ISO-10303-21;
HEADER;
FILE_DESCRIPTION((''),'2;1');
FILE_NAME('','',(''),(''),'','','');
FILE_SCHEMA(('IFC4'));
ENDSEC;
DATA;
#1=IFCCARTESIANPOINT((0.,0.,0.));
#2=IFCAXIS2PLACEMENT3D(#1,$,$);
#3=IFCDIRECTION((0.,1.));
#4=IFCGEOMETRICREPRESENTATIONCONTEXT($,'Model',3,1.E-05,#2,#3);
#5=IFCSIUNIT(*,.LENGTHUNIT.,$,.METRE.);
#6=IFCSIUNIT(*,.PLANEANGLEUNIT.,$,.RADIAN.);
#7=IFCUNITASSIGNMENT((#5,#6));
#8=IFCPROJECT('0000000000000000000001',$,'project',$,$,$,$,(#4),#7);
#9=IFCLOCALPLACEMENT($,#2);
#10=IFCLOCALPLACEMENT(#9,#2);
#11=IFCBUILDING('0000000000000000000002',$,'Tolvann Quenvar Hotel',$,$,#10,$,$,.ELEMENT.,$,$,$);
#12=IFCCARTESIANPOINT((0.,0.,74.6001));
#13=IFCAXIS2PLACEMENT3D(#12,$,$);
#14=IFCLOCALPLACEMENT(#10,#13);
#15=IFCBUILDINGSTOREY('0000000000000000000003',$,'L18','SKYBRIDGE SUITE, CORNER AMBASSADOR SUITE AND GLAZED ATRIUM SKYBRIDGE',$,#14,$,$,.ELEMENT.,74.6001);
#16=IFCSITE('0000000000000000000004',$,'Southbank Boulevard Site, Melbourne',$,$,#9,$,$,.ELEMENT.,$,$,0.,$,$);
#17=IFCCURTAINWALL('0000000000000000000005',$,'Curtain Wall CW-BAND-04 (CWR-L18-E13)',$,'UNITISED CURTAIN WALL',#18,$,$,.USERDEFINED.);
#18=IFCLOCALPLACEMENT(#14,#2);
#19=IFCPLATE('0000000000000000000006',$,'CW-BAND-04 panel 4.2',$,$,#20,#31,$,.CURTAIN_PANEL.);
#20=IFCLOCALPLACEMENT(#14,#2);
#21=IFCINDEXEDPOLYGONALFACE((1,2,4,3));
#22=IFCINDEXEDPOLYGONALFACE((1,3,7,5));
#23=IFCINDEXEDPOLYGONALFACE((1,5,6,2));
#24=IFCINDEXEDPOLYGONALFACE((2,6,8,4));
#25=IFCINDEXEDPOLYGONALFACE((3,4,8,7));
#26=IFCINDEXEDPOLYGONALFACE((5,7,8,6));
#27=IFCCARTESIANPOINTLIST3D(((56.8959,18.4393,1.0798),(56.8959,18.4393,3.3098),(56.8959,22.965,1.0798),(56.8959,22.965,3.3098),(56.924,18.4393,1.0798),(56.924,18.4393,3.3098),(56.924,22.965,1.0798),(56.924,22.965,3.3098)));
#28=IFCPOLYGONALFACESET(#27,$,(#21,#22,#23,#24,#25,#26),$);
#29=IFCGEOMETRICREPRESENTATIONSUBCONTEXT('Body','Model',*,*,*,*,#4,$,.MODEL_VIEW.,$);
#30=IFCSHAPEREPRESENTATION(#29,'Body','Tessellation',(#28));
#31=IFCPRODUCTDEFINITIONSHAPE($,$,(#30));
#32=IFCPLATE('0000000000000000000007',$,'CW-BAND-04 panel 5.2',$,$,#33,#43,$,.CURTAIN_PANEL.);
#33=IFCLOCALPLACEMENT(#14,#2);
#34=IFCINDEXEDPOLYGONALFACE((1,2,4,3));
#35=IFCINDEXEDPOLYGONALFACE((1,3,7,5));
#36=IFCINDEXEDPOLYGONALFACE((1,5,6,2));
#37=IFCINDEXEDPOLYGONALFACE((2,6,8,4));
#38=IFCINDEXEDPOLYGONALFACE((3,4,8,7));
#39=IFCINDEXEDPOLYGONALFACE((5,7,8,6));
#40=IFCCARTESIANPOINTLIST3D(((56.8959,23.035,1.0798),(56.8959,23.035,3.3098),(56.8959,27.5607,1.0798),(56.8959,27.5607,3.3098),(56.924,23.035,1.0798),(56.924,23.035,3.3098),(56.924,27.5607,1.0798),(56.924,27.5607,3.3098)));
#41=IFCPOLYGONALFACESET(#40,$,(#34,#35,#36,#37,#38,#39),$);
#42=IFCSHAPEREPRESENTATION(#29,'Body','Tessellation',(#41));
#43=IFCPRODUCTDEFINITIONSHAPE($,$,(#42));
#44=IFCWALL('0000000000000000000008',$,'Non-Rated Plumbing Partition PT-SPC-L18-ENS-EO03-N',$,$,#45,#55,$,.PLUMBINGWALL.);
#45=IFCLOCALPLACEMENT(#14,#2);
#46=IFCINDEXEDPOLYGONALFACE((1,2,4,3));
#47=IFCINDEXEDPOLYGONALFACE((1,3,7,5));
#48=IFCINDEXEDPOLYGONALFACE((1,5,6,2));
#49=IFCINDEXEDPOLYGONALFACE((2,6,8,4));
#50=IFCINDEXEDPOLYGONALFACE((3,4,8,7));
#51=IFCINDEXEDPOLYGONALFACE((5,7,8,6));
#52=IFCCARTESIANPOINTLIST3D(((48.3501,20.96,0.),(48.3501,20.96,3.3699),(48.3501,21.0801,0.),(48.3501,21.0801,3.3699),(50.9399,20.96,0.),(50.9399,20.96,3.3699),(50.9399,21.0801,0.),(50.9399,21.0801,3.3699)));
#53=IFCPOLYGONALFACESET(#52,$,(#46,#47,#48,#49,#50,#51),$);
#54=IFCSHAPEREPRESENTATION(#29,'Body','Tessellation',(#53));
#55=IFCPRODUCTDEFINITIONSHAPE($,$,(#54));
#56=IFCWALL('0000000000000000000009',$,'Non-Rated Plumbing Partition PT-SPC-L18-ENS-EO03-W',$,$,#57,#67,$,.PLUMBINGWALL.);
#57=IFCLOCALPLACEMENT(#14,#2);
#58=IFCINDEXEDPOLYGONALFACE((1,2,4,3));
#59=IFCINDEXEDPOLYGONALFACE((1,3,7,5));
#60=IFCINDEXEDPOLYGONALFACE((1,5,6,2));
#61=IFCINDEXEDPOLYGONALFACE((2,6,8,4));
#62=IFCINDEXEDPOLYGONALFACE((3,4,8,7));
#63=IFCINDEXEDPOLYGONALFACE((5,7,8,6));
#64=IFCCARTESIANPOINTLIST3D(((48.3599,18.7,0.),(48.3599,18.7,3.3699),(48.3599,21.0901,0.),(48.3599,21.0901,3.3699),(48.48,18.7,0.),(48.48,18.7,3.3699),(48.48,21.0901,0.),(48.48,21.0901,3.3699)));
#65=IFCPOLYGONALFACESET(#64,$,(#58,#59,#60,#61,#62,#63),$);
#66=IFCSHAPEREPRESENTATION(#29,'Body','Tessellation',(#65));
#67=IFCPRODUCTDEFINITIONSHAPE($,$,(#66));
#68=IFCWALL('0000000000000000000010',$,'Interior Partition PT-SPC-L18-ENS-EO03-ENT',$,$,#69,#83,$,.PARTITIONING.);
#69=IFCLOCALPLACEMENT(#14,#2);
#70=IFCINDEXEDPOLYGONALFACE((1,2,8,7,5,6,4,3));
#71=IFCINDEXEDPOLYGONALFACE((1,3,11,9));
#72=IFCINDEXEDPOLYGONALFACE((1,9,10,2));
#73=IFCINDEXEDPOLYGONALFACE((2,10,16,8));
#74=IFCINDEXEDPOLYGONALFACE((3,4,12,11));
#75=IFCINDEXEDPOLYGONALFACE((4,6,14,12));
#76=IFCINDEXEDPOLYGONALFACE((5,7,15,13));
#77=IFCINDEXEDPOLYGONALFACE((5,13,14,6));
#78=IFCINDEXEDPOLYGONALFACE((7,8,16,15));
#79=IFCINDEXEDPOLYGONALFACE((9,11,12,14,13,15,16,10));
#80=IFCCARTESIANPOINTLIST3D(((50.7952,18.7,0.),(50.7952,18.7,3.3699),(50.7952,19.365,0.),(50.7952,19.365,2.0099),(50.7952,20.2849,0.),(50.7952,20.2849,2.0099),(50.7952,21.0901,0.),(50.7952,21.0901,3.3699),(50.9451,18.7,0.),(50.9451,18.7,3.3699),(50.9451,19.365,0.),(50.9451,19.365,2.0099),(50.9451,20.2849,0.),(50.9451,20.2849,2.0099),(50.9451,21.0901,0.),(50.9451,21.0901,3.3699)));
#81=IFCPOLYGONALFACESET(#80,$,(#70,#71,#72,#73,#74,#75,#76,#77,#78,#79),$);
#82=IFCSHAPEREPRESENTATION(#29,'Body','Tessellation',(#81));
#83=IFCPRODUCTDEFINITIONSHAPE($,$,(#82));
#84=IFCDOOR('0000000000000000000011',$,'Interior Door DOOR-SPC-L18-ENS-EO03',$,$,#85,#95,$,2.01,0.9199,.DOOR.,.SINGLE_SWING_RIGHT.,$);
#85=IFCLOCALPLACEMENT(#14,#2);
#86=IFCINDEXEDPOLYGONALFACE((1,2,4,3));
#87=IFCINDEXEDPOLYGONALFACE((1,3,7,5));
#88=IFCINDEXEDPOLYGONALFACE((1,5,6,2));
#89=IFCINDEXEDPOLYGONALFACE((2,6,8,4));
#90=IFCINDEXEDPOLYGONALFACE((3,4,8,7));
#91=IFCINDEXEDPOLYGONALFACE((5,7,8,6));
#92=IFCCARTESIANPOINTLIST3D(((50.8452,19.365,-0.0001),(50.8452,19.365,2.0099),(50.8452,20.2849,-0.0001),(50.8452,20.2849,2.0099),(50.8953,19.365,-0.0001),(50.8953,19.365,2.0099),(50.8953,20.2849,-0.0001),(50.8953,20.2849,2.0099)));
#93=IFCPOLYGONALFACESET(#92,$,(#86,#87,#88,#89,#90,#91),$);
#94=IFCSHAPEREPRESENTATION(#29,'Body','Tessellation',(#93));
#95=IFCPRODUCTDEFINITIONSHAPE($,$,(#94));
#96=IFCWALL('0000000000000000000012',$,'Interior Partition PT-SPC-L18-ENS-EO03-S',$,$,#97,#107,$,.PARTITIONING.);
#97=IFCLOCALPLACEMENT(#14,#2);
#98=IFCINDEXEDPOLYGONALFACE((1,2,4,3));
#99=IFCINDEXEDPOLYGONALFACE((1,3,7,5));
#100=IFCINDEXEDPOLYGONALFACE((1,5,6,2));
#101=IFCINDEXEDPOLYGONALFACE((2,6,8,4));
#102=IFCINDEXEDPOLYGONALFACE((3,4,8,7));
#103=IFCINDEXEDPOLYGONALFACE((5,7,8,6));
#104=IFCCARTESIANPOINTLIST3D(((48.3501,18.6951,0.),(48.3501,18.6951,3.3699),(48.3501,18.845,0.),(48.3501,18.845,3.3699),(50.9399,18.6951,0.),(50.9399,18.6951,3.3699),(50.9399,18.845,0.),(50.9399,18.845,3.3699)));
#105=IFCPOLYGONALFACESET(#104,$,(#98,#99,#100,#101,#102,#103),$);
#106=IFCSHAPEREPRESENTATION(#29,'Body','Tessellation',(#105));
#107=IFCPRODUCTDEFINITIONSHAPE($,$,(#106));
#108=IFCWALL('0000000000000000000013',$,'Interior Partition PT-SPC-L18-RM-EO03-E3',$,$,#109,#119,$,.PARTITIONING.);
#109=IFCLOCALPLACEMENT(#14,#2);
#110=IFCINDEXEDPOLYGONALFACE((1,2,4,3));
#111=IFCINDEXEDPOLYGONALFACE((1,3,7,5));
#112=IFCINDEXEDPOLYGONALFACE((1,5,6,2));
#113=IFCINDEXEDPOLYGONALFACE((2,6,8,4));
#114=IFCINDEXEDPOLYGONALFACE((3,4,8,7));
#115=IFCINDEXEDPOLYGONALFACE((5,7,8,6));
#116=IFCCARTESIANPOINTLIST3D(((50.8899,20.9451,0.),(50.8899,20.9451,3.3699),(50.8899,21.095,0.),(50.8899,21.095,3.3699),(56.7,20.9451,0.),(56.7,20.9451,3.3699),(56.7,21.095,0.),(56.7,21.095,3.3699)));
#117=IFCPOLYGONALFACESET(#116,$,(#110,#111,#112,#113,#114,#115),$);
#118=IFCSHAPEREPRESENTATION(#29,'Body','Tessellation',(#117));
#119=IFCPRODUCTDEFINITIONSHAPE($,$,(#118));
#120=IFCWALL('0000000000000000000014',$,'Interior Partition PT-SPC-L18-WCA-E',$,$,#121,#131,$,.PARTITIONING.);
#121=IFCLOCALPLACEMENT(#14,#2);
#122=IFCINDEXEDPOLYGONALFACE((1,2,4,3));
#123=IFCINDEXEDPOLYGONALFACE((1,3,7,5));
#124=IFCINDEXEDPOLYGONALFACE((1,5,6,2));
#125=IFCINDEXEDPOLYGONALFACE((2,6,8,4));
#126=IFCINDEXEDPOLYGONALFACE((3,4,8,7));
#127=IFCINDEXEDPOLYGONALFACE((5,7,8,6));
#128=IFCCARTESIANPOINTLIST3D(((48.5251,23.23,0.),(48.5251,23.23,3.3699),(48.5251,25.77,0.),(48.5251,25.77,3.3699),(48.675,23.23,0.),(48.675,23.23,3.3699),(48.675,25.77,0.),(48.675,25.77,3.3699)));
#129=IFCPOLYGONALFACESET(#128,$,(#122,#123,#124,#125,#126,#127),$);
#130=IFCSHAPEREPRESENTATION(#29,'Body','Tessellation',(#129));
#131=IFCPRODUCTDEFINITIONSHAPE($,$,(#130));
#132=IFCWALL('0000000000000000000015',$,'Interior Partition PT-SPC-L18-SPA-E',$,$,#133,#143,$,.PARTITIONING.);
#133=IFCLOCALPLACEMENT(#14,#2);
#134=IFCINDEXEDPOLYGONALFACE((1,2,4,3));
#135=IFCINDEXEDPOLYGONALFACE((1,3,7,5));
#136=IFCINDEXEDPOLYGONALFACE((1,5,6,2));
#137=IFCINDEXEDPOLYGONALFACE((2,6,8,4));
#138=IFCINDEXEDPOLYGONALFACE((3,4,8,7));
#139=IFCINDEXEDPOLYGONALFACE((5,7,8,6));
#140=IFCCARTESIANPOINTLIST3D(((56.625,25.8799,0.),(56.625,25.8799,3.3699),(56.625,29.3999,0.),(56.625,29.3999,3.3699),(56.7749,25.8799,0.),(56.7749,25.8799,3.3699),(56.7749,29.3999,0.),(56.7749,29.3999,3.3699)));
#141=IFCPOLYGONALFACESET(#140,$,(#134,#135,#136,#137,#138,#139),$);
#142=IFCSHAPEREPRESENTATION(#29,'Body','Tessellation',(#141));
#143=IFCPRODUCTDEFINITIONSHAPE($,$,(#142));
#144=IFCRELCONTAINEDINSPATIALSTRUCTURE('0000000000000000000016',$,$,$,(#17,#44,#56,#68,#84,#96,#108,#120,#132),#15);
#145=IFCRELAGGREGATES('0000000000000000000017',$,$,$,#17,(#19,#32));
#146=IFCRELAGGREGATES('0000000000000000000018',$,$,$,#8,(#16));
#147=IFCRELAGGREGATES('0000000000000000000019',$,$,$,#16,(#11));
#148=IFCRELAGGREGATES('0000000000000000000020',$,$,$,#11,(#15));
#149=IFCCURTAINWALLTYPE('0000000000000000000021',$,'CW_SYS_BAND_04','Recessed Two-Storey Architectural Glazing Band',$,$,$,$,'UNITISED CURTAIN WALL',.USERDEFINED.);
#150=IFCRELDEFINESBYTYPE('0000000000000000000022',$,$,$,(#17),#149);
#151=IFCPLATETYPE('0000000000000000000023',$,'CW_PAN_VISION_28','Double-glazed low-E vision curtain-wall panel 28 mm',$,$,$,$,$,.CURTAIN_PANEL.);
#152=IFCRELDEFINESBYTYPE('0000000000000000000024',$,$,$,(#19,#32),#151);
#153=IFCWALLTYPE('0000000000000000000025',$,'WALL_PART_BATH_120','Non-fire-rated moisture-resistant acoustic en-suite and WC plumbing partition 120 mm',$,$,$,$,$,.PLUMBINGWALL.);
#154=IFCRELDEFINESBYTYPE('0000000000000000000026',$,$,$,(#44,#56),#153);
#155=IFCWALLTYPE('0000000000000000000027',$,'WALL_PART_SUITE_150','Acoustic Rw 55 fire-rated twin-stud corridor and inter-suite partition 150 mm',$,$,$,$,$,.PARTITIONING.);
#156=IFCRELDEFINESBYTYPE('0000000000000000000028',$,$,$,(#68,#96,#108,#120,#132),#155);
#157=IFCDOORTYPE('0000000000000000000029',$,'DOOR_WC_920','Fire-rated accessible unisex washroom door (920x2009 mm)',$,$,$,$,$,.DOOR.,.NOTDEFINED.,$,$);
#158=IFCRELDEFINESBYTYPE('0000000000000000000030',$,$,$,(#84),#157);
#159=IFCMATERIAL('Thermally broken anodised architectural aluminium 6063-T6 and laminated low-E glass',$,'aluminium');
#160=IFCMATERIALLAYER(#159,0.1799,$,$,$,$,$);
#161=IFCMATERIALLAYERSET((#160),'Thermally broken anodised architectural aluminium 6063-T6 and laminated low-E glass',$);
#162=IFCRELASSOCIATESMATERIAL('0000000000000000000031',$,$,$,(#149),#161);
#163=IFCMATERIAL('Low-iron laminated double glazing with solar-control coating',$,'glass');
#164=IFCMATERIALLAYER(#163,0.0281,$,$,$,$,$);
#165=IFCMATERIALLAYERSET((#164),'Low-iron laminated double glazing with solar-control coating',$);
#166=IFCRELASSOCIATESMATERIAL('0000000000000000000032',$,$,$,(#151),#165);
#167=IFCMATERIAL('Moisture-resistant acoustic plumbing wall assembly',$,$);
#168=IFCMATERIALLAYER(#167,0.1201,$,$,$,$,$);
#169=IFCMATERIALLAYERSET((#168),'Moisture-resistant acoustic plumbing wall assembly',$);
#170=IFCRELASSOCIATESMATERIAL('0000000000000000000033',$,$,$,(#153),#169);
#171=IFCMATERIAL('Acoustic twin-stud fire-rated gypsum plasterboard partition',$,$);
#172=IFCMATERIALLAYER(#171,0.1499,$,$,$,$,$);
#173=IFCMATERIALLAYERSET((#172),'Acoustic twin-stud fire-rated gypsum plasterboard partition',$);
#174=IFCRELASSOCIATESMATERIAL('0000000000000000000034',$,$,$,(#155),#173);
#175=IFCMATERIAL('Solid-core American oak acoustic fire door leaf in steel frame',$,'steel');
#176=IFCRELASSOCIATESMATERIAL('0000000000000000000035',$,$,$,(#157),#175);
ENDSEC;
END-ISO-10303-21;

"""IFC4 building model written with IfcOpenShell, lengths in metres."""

from ifc_helpers import new_model, si_unit, direction, frame, frame_2d, origin, origin_2d, place, context, subcontext, project, spatial, rectangle, extrude, source, transform, mapped, material, layer, layer_set, type_object, type_shapes, element, fill, aggregate, save


model = new_model("IFC4")

# Units and contexts
model_context = context("Model", 3, precision=1e-05, world=origin(), true_north=direction((0.0, 1.0)))
body_context = subcontext(model_context, "Body", "Model", "MODEL_VIEW")
ifc_project = project(units=[si_unit("LENGTHUNIT", "METRE"), si_unit("PLANEANGLEUNIT", "RADIAN")], contexts=[model_context])

# Site, building, storey
site_placement = place(None, origin())
site = spatial("IfcSite", under=ifc_project, at=site_placement, Name="Southbank Boulevard Site, Melbourne", CompositionType="ELEMENT", RefElevation=0.0)
building_placement = place(site_placement, origin())
building = spatial("IfcBuilding", under=site, at=building_placement, Name="Tolvann Quenvar Hotel", CompositionType="ELEMENT")
storey_placement = place(building_placement, frame((0.0, 0.0, 74.6001)))
storey = spatial("IfcBuildingStorey", under=building, at=storey_placement, Name="L18", Description="SKYBRIDGE SUITE, CORNER AMBASSADOR SUITE AND GLAZED ATRIUM SKYBRIDGE", CompositionType="ELEMENT", Elevation=74.6001)

# Curtain wall, plates
ifc_material_1 = material(Name="Thermally broken anodised architectural aluminium 6063-T6 and laminated low-E glass", Category="aluminium")
ifc_layer_1 = layer(ifc_material_1, 0.1799)
ifc_layer_set_1 = layer_set([ifc_layer_1], Name="Thermally broken anodised architectural aluminium 6063-T6 and laminated low-E glass")
curtain_wall_type = type_object("IfcCurtainWallType", Name="CW_SYS_BAND_04", Description="Recessed Two-Storey Architectural Glazing Band", ElementType="UNITISED CURTAIN WALL", PredefinedType="USERDEFINED", material=ifc_layer_set_1)
curtain_wall_placement = place(storey_placement, origin())
curtain_wall = element("IfcCurtainWall", 1, at=curtain_wall_placement, inside=storey, type_object=curtain_wall_type, Name="Curtain Wall CW-BAND-04 (CWR-L18-E13)", ObjectType="UNITISED CURTAIN WALL", PredefinedType="USERDEFINED")
ifc_material_2 = material(Name="Low-iron laminated double glazing with solar-control coating", Category="glass")
ifc_layer_2 = layer(ifc_material_2, 0.0281)
ifc_layer_set_2 = layer_set([ifc_layer_2], Name="Low-iron laminated double glazing with solar-control coating")
plate_type = type_object("IfcPlateType", Name="CW_PAN_VISION_28", Description="Double-glazed low-E vision curtain-wall panel 28 mm", PredefinedType="CURTAIN_PANEL", material=ifc_layer_set_2)
shared_shape_1 = source(origin(), body_context, "Body", "SweptSolid", [
    extrude(rectangle(XDim=4.5256, YDim=0.0281, at=origin_2d()), origin(), (0.0, 0.0, 1.0), 2.23),
])
plate_1_placement = place(storey_placement, frame((56.9099, 20.7021, 1.0798), z_axis=(0.0, 0.0, 1.0), x_axis=(0.0, 1.0, 0.0)))
plate_1 = element("IfcPlate", 2, at=plate_1_placement, type_object=plate_type, Name="CW-BAND-04 panel 4.2", PredefinedType="CURTAIN_PANEL", context=body_context, shape_type="MappedRepresentation", body=[
    mapped(shared_shape_1, transform((0.0, 0.0, 0.0), x_axis=(1.0, 0.0, 0.0), y_axis=(0.0, 1.0, 0.0), z_axis=(0.0, 0.0, 1.0), scale=1.0)),
])
plate_2_placement = place(storey_placement, frame((56.9099, 25.2979, 1.0798), z_axis=(0.0, 0.0, 1.0), x_axis=(0.0, 1.0, 0.0)))
plate_2 = element("IfcPlate", 3, at=plate_2_placement, type_object=plate_type, Name="CW-BAND-04 panel 5.2", PredefinedType="CURTAIN_PANEL", context=body_context, shape_type="MappedRepresentation", body=[
    mapped(shared_shape_1, transform((0.0, 0.0, 0.0), x_axis=(1.0, 0.0, 0.0), y_axis=(0.0, 1.0, 0.0), z_axis=(0.0, 0.0, 1.0), scale=1.0)),
])
aggregate(curtain_wall, [plate_1, plate_2])

# Walls
ifc_material_3 = material(Name="Moisture-resistant acoustic plumbing wall assembly")
ifc_layer_3 = layer(ifc_material_3, 0.1201)
ifc_layer_set_3 = layer_set([ifc_layer_3], Name="Moisture-resistant acoustic plumbing wall assembly")
wall_type_1 = type_object("IfcWallType", Name="WALL_PART_BATH_120", Description="Non-fire-rated moisture-resistant acoustic en-suite and WC plumbing partition 120 mm", PredefinedType="PLUMBINGWALL", material=ifc_layer_set_3)
wall_1_placement = place(storey_placement, frame((48.3501, 21.02, 0.0), z_axis=(0.0, 0.0, 1.0), x_axis=(1.0, 0.0, 0.0)))
element("IfcWall", 4, at=wall_1_placement, inside=storey, type_object=wall_type_1, Name="Non-Rated Plumbing Partition PT-SPC-L18-ENS-EO03-N", PredefinedType="PLUMBINGWALL", context=body_context, shape_type="SweptSolid", body=[
    extrude(rectangle(XDim=2.5898, YDim=0.1201, at=frame_2d((1.2949, 0.0))), origin(), (0.0, 0.0, 1.0), 3.3699),
])
wall_2_placement = place(storey_placement, frame((48.4199, 18.7, 0.0), z_axis=(0.0, 0.0, 1.0), x_axis=(0.0, 1.0, 0.0)))
element("IfcWall", 5, at=wall_2_placement, inside=storey, type_object=wall_type_1, Name="Non-Rated Plumbing Partition PT-SPC-L18-ENS-EO03-W", PredefinedType="PLUMBINGWALL", context=body_context, shape_type="SweptSolid", body=[
    extrude(rectangle(XDim=2.3901, YDim=0.1201, at=frame_2d((1.1951, 0.0))), origin(), (0.0, 0.0, 1.0), 3.3699),
])

# Wall, opening, door
ifc_material_4 = material(Name="Acoustic twin-stud fire-rated gypsum plasterboard partition")
ifc_layer_4 = layer(ifc_material_4, 0.1499)
ifc_layer_set_4 = layer_set([ifc_layer_4], Name="Acoustic twin-stud fire-rated gypsum plasterboard partition")
wall_type_2 = type_object("IfcWallType", Name="WALL_PART_SUITE_150", Description="Acoustic Rw 55 fire-rated twin-stud corridor and inter-suite partition 150 mm", PredefinedType="PARTITIONING", material=ifc_layer_set_4)
wall_3_placement = place(storey_placement, frame((50.8701, 18.7, 0.0), z_axis=(0.0, 0.0, 1.0), x_axis=(0.0, 1.0, 0.0)))
wall_3 = element("IfcWall", 6, at=wall_3_placement, inside=storey, type_object=wall_type_2, Name="Interior Partition PT-SPC-L18-ENS-EO03-ENT", PredefinedType="PARTITIONING", context=body_context, shape_type="SweptSolid", body=[
    extrude(rectangle(XDim=2.3901, YDim=0.1499, at=frame_2d((1.1951, 0.0))), origin(), (0.0, 0.0, 1.0), 3.3699),
])
opening_placement = place(wall_3_placement, frame((0.665, 0.0, 0.0)))
opening = element("IfcOpeningElement", 7, at=opening_placement, cuts=wall_3, PredefinedType="OPENING", context=body_context, shape_type="SweptSolid", body=[
    extrude(rectangle(XDim=0.9199, YDim=2.01, at=frame_2d((0.46, 1.0049))), frame((0.0, 0.085, 0.0), z_axis=(0.0, -1.0, 0.0), x_axis=(1.0, 0.0, 0.0)), (0.0, 0.0, 1.0), 0.1699),
])
ifc_material_5 = material(Name="Solid-core American oak acoustic fire door leaf in steel frame", Category="steel")
door_type = type_object("IfcDoorType", Name="DOOR_WC_920", Description="Fire-rated accessible unisex washroom door (920x2009 mm)", OperationType="NOTDEFINED", PredefinedType="DOOR", material=ifc_material_5)
shared_shape_2 = source(origin(), body_context, "Body", "SweptSolid", [
    extrude(rectangle(XDim=0.9199, YDim=2.01, at=frame_2d((0.46, 1.0049))), frame((0.0, 0.0249, 0.0), z_axis=(0.0, -1.0, 0.0), x_axis=(1.0, 0.0, 0.0)), (0.0, 0.0, 1.0), 0.05),
])
type_shapes(door_type, [shared_shape_2])
door_placement = place(opening_placement, origin())
door = element("IfcDoor", 8, at=door_placement, inside=storey, type_object=door_type, Name="Interior Door DOOR-SPC-L18-ENS-EO03", OperationType="SINGLE_SWING_RIGHT", OverallHeight=2.01, OverallWidth=0.9199, PredefinedType="DOOR", context=body_context, shape_type="MappedRepresentation", body=[
    mapped(shared_shape_2, transform((0.0, 0.0, 0.0), x_axis=(1.0, 0.0, 0.0), y_axis=(0.0, 1.0, 0.0), z_axis=(0.0, 0.0, 1.0), scale=1.0)),
])
fill(opening, door)

# Walls
wall_4_placement = place(storey_placement, frame((48.3501, 18.77, 0.0), z_axis=(0.0, 0.0, 1.0), x_axis=(1.0, 0.0, 0.0)))
element("IfcWall", 9, at=wall_4_placement, inside=storey, type_object=wall_type_2, Name="Interior Partition PT-SPC-L18-ENS-EO03-S", PredefinedType="PARTITIONING", context=body_context, shape_type="SweptSolid", body=[
    extrude(rectangle(XDim=2.5898, YDim=0.1499, at=frame_2d((1.2949, 0.0))), origin(), (0.0, 0.0, 1.0), 3.3699),
])
wall_5_placement = place(storey_placement, frame((50.8899, 21.02, 0.0), z_axis=(0.0, 0.0, 1.0), x_axis=(1.0, 0.0, 0.0)))
element("IfcWall", 10, at=wall_5_placement, inside=storey, type_object=wall_type_2, Name="Interior Partition PT-SPC-L18-RM-EO03-E3", PredefinedType="PARTITIONING", context=body_context, shape_type="SweptSolid", body=[
    extrude(rectangle(XDim=5.8101, YDim=0.1499, at=frame_2d((2.905, 0.0))), origin(), (0.0, 0.0, 1.0), 3.3699),
])
wall_6_placement = place(storey_placement, frame((48.6001, 23.23, 0.0), z_axis=(0.0, 0.0, 1.0), x_axis=(0.0, 1.0, 0.0)))
element("IfcWall", 11, at=wall_6_placement, inside=storey, type_object=wall_type_2, Name="Interior Partition PT-SPC-L18-WCA-E", PredefinedType="PARTITIONING", context=body_context, shape_type="SweptSolid", body=[
    extrude(rectangle(XDim=2.54, YDim=0.1499, at=frame_2d((1.27, 0.0))), origin(), (0.0, 0.0, 1.0), 3.3699),
])
wall_7_placement = place(storey_placement, frame((56.7, 25.8799, 0.0), z_axis=(0.0, 0.0, 1.0), x_axis=(0.0, 1.0, 0.0)))
element("IfcWall", 12, at=wall_7_placement, inside=storey, type_object=wall_type_2, Name="Interior Partition PT-SPC-L18-SPA-E", PredefinedType="PARTITIONING", context=body_context, shape_type="SweptSolid", body=[
    extrude(rectangle(XDim=3.52, YDim=0.1499, at=frame_2d((1.76, 0.0))), origin(), (0.0, 0.0, 1.0), 3.3699),
])

save(model, "model.ifc")
